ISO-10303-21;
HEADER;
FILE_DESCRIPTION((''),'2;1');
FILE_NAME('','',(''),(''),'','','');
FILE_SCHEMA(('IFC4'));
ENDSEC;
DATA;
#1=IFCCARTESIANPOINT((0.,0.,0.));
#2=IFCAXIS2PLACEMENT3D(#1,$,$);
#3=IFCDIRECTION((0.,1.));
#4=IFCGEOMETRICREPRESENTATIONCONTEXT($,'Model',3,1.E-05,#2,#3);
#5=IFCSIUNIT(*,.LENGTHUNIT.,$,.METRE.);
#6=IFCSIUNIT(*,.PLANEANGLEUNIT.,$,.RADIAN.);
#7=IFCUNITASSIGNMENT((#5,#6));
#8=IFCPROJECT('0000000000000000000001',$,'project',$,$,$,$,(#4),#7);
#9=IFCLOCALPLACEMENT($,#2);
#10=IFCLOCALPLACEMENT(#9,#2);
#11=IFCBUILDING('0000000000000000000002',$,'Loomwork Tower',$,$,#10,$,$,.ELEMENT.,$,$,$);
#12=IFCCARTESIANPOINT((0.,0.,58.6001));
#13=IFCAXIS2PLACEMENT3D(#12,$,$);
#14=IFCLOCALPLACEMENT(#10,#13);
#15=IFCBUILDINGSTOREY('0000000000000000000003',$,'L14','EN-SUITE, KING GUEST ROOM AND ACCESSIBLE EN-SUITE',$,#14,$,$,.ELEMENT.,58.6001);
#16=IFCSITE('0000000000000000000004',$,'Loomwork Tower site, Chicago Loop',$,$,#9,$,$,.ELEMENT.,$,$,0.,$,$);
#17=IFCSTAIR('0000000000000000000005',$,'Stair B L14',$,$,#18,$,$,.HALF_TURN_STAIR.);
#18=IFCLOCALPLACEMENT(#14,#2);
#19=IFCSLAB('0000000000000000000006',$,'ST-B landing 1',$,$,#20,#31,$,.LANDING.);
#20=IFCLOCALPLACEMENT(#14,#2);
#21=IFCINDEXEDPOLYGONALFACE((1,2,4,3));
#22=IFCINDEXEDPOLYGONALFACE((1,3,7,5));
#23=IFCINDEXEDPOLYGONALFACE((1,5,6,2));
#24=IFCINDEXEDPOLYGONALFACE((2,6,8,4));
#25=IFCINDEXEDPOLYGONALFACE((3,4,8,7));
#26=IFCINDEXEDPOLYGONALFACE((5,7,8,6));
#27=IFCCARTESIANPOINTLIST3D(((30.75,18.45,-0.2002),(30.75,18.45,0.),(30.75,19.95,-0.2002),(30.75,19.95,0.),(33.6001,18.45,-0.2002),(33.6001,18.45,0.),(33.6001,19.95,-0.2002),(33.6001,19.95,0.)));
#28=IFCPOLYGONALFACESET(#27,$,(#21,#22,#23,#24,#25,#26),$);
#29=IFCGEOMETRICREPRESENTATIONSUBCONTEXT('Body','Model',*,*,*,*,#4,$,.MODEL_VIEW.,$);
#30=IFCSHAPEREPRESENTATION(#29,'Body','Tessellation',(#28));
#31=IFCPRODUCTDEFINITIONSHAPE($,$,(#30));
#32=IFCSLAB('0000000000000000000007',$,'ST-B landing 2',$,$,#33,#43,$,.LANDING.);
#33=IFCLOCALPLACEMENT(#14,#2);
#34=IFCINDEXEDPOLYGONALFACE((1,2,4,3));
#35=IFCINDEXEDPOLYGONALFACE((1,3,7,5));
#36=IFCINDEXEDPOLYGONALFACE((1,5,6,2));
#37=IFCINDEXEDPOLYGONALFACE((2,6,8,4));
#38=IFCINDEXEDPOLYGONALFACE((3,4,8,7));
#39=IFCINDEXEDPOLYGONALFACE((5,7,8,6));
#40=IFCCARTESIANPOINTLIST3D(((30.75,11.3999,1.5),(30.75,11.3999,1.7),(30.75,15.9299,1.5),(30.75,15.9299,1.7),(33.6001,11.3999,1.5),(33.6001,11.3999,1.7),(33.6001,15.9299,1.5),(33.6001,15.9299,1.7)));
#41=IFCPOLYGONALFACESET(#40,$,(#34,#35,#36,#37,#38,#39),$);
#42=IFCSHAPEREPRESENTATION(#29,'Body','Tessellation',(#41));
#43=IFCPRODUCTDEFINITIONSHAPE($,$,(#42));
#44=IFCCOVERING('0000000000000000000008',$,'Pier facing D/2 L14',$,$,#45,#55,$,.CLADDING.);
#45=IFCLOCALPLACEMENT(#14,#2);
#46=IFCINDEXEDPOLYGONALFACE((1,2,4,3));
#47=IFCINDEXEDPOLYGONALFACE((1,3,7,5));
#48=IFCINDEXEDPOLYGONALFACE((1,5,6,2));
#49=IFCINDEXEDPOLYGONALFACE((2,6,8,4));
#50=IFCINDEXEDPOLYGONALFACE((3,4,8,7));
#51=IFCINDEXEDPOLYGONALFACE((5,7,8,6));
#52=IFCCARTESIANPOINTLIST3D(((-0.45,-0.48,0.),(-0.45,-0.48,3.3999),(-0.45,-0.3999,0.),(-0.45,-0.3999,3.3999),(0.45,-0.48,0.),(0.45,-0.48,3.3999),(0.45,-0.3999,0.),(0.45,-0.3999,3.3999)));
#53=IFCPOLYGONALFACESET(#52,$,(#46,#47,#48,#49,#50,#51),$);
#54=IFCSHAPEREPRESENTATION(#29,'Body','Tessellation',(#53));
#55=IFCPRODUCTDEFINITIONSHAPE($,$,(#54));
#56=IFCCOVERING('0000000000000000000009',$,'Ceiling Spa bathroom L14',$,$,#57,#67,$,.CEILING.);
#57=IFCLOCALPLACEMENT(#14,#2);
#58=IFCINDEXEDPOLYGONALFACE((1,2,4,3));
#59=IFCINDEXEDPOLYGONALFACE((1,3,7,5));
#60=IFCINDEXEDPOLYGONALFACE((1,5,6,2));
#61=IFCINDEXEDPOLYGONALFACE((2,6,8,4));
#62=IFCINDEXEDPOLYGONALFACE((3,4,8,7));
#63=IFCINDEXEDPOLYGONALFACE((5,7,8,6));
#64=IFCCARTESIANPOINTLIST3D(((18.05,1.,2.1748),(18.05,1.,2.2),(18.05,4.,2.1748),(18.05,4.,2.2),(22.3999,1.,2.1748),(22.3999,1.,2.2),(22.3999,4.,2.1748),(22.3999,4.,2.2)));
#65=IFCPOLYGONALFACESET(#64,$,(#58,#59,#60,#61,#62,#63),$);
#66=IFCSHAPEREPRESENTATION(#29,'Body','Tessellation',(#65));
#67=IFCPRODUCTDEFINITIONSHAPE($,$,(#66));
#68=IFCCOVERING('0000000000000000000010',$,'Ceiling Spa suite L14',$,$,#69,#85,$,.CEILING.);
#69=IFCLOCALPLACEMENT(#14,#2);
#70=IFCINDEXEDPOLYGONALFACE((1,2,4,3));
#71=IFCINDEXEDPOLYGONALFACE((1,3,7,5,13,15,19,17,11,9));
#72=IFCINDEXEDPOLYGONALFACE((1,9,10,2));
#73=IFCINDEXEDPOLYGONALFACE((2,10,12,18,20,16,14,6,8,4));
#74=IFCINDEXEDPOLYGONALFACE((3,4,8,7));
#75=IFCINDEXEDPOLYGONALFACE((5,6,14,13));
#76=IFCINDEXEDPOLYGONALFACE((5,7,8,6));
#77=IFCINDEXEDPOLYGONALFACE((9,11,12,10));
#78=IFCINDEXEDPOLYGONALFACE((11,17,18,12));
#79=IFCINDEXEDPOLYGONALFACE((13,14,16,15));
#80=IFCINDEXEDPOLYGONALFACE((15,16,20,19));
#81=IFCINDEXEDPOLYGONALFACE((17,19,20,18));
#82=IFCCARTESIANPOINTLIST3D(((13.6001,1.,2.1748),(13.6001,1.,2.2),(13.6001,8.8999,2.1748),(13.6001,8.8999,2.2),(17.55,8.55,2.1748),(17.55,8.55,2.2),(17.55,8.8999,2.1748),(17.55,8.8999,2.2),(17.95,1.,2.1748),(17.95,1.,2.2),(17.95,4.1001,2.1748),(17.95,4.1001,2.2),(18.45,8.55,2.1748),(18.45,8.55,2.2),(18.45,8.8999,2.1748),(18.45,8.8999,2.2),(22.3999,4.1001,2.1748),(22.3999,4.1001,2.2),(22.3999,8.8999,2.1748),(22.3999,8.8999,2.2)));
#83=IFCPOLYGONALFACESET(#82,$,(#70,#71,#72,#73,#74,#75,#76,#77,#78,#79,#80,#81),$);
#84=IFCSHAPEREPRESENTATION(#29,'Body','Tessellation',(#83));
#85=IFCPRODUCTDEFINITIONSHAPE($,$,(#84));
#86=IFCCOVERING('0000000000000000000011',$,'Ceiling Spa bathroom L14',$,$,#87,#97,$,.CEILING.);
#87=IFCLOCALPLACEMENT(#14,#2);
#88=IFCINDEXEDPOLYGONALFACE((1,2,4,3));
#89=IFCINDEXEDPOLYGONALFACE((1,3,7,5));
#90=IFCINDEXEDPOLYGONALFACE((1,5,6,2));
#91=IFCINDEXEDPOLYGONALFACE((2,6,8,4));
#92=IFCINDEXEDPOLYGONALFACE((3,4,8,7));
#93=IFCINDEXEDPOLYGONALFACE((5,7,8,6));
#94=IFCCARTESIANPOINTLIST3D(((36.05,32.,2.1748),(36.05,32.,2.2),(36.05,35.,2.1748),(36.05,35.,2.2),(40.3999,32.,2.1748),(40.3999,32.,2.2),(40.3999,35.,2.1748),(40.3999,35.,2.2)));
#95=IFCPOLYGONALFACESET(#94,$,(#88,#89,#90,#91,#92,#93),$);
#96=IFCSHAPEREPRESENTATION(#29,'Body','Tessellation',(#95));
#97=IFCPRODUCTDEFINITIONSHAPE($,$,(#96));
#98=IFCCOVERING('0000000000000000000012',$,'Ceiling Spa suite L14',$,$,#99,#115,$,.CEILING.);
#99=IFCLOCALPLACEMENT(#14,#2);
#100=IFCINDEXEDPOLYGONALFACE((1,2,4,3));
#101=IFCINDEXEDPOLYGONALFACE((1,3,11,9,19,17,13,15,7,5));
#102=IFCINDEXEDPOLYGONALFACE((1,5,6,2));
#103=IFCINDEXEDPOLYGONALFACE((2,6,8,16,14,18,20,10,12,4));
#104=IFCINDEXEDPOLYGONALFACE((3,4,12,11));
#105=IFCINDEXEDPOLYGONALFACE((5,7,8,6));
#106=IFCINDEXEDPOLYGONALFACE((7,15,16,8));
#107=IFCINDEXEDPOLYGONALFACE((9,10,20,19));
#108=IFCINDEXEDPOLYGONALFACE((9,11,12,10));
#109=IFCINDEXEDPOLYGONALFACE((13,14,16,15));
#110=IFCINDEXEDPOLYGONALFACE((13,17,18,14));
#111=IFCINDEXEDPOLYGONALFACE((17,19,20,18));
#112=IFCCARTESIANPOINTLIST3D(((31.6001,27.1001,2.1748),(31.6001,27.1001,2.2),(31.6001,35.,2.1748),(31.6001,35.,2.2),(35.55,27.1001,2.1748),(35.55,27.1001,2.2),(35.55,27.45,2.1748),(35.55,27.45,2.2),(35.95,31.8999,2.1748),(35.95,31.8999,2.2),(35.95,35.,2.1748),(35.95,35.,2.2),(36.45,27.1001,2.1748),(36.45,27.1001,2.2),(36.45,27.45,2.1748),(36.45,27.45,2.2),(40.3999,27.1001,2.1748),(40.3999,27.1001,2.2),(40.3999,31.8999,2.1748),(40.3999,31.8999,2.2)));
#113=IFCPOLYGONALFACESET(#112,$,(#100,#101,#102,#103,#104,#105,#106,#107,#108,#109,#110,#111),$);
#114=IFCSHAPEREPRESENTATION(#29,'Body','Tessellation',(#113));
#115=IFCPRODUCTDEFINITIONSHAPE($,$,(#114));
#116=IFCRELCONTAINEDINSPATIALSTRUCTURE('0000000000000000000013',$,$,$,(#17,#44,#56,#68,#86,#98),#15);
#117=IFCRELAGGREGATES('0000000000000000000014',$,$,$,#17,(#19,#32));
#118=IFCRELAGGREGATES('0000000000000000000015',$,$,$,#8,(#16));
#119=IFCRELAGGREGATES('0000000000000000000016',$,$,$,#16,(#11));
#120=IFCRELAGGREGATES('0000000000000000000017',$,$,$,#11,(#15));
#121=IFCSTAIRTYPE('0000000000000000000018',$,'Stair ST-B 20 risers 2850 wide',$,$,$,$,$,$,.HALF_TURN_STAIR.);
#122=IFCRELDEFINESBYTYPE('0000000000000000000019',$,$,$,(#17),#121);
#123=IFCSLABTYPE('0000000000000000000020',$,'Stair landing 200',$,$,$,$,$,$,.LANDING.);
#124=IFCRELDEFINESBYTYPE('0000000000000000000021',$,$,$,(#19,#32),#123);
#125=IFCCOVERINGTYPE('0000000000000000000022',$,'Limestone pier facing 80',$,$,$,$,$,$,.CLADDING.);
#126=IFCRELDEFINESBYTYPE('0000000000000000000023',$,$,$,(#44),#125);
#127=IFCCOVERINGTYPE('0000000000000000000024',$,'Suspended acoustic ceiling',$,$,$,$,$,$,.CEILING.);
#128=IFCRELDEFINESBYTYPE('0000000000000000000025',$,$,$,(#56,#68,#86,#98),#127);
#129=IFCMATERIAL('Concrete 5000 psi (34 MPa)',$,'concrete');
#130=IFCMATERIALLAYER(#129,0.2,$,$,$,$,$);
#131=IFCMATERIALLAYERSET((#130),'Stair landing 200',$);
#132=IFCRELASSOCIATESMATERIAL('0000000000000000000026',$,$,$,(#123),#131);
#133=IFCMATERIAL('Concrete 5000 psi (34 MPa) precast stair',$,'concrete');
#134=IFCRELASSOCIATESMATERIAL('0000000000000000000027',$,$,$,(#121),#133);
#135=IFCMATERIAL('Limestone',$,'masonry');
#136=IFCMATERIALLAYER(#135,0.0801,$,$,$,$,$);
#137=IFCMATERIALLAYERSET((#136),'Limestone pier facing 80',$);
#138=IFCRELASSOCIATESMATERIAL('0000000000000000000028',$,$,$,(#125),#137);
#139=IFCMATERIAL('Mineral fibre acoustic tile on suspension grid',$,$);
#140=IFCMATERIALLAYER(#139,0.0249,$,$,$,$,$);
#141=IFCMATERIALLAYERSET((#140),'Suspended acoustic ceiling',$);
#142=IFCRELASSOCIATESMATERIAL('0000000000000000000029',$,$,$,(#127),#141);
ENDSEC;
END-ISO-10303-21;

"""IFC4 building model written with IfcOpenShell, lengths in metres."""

from ifc_helpers import new_model, si_unit, direction, frame, origin, origin_2d, place, context, subcontext, project, spatial, polyline, rectangle, outline, extrude, material, layer, layer_set, type_object, element, aggregate, save


model = new_model("IFC4")

# Units and contexts
model_context = context("Model", 3, precision=1e-05, world=origin(), true_north=direction((0.0, 1.0)))
body_context = subcontext(model_context, "Body", "Model", "MODEL_VIEW")
ifc_project = project(units=[si_unit("LENGTHUNIT", "METRE"), si_unit("PLANEANGLEUNIT", "RADIAN")], contexts=[model_context])

# Site, building, storey
site_placement = place(None, origin())
site = spatial("IfcSite", under=ifc_project, at=site_placement, Name="Loomwork Tower site, Chicago Loop", CompositionType="ELEMENT", RefElevation=0.0)
building_placement = place(site_placement, origin())
building = spatial("IfcBuilding", under=site, at=building_placement, Name="Loomwork Tower", CompositionType="ELEMENT")
storey_placement = place(building_placement, frame((0.0, 0.0, 58.6001)))
storey = spatial("IfcBuildingStorey", under=building, at=storey_placement, Name="L14", Description="EN-SUITE, KING GUEST ROOM AND ACCESSIBLE EN-SUITE", CompositionType="ELEMENT", Elevation=58.6001)

# Stair, slabs
ifc_material_1 = material(Name="Concrete 5000 psi (34 MPa)", Category="concrete")
ifc_layer_1 = layer(ifc_material_1, 0.2)
ifc_layer_set_1 = layer_set([ifc_layer_1], Name="Stair landing 200")
slab_type_1 = type_object("IfcSlabType", Name="Stair landing 200", PredefinedType="LANDING", material=ifc_layer_set_1)
ifc_material_2 = material(Name="Concrete 5000 psi (34 MPa) precast stair", Category="concrete")
stair_type_1 = type_object("IfcStairType", Name="Stair ST-B 20 risers 2850 wide", PredefinedType="HALF_TURN_STAIR", material=ifc_material_2)
stair_1_placement = place(storey_placement, origin())
stair_1 = element("IfcStair", 1, at=stair_1_placement, inside=storey, type_object=stair_type_1, Name="Stair B L14", PredefinedType="HALF_TURN_STAIR")
slab_1_placement = place(storey_placement, frame((0.0, 0.0, -0.2002)))
slab_1 = element("IfcSlab", 2, at=slab_1_placement, type_object=slab_type_1, Name="ST-B landing 1", PredefinedType="LANDING", context=body_context, shape_type="SweptSolid", body=[
    extrude(outline(polyline([(30.75, 18.45), (33.6001, 18.45), (33.6001, 19.95), (30.75, 19.95), (30.75, 18.45)])), origin(), (0.0, 0.0, 1.0), 0.2002),
])
slab_2_placement = place(storey_placement, frame((0.0, 0.0, 1.5)))
slab_2 = element("IfcSlab", 3, at=slab_2_placement, type_object=slab_type_1, Name="ST-B landing 2", PredefinedType="LANDING", context=body_context, shape_type="SweptSolid", body=[
    extrude(outline(polyline([(30.75, 11.3999), (33.6001, 11.3999), (33.6001, 15.9299), (30.75, 15.9299), (30.75, 11.3999)])), origin(), (0.0, 0.0, 1.0), 0.2),
])
aggregate(stair_1, [slab_1, slab_2])

# Coverings
ifc_material_3 = material(Name="Limestone", Category="masonry")
ifc_layer_2 = layer(ifc_material_3, 0.0801)
ifc_layer_set_2 = layer_set([ifc_layer_2], Name="Limestone pier facing 80")
covering_type_1 = type_object("IfcCoveringType", Name="Limestone pier facing 80", PredefinedType="CLADDING", material=ifc_layer_set_2)
covering_1_placement = place(storey_placement, frame((0.0, -0.4399, 0.0), z_axis=(0.0, 0.0, 1.0), x_axis=(1.0, 0.0, 0.0)))
element("IfcCovering", 4, at=covering_1_placement, inside=storey, type_object=covering_type_1, Name="Pier facing D/2 L14", PredefinedType="CLADDING", context=body_context, shape_type="SweptSolid", body=[
    extrude(rectangle(XDim=0.8999, YDim=0.0801, at=origin_2d()), origin(), (0.0, 0.0, 1.0), 3.3999),
])
ifc_material_4 = material(Name="Mineral fibre acoustic tile on suspension grid")
ifc_layer_3 = layer(ifc_material_4, 0.0249)
ifc_layer_set_3 = layer_set([ifc_layer_3], Name="Suspended acoustic ceiling")
covering_type_2 = type_object("IfcCoveringType", Name="Suspended acoustic ceiling", PredefinedType="CEILING", material=ifc_layer_set_3)
covering_2_placement = place(storey_placement, frame((0.0, 0.0, 2.1748)))
element("IfcCovering", 5, at=covering_2_placement, inside=storey, type_object=covering_type_2, Name="Ceiling Spa bathroom L14", PredefinedType="CEILING", context=body_context, shape_type="SweptSolid", body=[
    extrude(outline(polyline([(22.3999, 4.0), (22.3999, 1.0), (18.05, 1.0), (18.05, 4.0), (22.3999, 4.0)])), origin(), (0.0, 0.0, 1.0), 0.0251),
])
covering_3_placement = place(storey_placement, frame((0.0, 0.0, 2.1748)))
element("IfcCovering", 6, at=covering_3_placement, inside=storey, type_object=covering_type_2, Name="Ceiling Spa suite L14", PredefinedType="CEILING", context=body_context, shape_type="SweptSolid", body=[
    extrude(outline(polyline([(17.55, 8.8999), (17.55, 8.55), (18.45, 8.55), (18.45, 8.8999), (22.3999, 8.8999), (22.3999, 4.1001), (17.95, 4.1001), (17.95, 1.0), (13.6001, 1.0), (13.6001, 8.8999), (17.55, 8.8999)])), origin(), (0.0, 0.0, 1.0), 0.0251),
])
covering_4_placement = place(storey_placement, frame((0.0, 0.0, 2.1748)))
element("IfcCovering", 7, at=covering_4_placement, inside=storey, type_object=covering_type_2, Name="Ceiling Spa bathroom L14", PredefinedType="CEILING", context=body_context, shape_type="SweptSolid", body=[
    extrude(outline(polyline([(36.05, 35.0), (40.3999, 35.0), (40.3999, 32.0), (36.05, 32.0), (36.05, 35.0)])), origin(), (0.0, 0.0, 1.0), 0.0251),
])
covering_5_placement = place(storey_placement, frame((0.0, 0.0, 2.1748)))
element("IfcCovering", 8, at=covering_5_placement, inside=storey, type_object=covering_type_2, Name="Ceiling Spa suite L14", PredefinedType="CEILING", context=body_context, shape_type="SweptSolid", body=[
    extrude(outline(polyline([(31.6001, 35.0), (35.95, 35.0), (35.95, 31.8999), (40.3999, 31.8999), (40.3999, 27.1001), (36.45, 27.1001), (36.45, 27.45), (35.55, 27.45), (35.55, 27.1001), (31.6001, 27.1001), (31.6001, 35.0)])), origin(), (0.0, 0.0, 1.0), 0.0251),
])

save(model, "model.ifc")
